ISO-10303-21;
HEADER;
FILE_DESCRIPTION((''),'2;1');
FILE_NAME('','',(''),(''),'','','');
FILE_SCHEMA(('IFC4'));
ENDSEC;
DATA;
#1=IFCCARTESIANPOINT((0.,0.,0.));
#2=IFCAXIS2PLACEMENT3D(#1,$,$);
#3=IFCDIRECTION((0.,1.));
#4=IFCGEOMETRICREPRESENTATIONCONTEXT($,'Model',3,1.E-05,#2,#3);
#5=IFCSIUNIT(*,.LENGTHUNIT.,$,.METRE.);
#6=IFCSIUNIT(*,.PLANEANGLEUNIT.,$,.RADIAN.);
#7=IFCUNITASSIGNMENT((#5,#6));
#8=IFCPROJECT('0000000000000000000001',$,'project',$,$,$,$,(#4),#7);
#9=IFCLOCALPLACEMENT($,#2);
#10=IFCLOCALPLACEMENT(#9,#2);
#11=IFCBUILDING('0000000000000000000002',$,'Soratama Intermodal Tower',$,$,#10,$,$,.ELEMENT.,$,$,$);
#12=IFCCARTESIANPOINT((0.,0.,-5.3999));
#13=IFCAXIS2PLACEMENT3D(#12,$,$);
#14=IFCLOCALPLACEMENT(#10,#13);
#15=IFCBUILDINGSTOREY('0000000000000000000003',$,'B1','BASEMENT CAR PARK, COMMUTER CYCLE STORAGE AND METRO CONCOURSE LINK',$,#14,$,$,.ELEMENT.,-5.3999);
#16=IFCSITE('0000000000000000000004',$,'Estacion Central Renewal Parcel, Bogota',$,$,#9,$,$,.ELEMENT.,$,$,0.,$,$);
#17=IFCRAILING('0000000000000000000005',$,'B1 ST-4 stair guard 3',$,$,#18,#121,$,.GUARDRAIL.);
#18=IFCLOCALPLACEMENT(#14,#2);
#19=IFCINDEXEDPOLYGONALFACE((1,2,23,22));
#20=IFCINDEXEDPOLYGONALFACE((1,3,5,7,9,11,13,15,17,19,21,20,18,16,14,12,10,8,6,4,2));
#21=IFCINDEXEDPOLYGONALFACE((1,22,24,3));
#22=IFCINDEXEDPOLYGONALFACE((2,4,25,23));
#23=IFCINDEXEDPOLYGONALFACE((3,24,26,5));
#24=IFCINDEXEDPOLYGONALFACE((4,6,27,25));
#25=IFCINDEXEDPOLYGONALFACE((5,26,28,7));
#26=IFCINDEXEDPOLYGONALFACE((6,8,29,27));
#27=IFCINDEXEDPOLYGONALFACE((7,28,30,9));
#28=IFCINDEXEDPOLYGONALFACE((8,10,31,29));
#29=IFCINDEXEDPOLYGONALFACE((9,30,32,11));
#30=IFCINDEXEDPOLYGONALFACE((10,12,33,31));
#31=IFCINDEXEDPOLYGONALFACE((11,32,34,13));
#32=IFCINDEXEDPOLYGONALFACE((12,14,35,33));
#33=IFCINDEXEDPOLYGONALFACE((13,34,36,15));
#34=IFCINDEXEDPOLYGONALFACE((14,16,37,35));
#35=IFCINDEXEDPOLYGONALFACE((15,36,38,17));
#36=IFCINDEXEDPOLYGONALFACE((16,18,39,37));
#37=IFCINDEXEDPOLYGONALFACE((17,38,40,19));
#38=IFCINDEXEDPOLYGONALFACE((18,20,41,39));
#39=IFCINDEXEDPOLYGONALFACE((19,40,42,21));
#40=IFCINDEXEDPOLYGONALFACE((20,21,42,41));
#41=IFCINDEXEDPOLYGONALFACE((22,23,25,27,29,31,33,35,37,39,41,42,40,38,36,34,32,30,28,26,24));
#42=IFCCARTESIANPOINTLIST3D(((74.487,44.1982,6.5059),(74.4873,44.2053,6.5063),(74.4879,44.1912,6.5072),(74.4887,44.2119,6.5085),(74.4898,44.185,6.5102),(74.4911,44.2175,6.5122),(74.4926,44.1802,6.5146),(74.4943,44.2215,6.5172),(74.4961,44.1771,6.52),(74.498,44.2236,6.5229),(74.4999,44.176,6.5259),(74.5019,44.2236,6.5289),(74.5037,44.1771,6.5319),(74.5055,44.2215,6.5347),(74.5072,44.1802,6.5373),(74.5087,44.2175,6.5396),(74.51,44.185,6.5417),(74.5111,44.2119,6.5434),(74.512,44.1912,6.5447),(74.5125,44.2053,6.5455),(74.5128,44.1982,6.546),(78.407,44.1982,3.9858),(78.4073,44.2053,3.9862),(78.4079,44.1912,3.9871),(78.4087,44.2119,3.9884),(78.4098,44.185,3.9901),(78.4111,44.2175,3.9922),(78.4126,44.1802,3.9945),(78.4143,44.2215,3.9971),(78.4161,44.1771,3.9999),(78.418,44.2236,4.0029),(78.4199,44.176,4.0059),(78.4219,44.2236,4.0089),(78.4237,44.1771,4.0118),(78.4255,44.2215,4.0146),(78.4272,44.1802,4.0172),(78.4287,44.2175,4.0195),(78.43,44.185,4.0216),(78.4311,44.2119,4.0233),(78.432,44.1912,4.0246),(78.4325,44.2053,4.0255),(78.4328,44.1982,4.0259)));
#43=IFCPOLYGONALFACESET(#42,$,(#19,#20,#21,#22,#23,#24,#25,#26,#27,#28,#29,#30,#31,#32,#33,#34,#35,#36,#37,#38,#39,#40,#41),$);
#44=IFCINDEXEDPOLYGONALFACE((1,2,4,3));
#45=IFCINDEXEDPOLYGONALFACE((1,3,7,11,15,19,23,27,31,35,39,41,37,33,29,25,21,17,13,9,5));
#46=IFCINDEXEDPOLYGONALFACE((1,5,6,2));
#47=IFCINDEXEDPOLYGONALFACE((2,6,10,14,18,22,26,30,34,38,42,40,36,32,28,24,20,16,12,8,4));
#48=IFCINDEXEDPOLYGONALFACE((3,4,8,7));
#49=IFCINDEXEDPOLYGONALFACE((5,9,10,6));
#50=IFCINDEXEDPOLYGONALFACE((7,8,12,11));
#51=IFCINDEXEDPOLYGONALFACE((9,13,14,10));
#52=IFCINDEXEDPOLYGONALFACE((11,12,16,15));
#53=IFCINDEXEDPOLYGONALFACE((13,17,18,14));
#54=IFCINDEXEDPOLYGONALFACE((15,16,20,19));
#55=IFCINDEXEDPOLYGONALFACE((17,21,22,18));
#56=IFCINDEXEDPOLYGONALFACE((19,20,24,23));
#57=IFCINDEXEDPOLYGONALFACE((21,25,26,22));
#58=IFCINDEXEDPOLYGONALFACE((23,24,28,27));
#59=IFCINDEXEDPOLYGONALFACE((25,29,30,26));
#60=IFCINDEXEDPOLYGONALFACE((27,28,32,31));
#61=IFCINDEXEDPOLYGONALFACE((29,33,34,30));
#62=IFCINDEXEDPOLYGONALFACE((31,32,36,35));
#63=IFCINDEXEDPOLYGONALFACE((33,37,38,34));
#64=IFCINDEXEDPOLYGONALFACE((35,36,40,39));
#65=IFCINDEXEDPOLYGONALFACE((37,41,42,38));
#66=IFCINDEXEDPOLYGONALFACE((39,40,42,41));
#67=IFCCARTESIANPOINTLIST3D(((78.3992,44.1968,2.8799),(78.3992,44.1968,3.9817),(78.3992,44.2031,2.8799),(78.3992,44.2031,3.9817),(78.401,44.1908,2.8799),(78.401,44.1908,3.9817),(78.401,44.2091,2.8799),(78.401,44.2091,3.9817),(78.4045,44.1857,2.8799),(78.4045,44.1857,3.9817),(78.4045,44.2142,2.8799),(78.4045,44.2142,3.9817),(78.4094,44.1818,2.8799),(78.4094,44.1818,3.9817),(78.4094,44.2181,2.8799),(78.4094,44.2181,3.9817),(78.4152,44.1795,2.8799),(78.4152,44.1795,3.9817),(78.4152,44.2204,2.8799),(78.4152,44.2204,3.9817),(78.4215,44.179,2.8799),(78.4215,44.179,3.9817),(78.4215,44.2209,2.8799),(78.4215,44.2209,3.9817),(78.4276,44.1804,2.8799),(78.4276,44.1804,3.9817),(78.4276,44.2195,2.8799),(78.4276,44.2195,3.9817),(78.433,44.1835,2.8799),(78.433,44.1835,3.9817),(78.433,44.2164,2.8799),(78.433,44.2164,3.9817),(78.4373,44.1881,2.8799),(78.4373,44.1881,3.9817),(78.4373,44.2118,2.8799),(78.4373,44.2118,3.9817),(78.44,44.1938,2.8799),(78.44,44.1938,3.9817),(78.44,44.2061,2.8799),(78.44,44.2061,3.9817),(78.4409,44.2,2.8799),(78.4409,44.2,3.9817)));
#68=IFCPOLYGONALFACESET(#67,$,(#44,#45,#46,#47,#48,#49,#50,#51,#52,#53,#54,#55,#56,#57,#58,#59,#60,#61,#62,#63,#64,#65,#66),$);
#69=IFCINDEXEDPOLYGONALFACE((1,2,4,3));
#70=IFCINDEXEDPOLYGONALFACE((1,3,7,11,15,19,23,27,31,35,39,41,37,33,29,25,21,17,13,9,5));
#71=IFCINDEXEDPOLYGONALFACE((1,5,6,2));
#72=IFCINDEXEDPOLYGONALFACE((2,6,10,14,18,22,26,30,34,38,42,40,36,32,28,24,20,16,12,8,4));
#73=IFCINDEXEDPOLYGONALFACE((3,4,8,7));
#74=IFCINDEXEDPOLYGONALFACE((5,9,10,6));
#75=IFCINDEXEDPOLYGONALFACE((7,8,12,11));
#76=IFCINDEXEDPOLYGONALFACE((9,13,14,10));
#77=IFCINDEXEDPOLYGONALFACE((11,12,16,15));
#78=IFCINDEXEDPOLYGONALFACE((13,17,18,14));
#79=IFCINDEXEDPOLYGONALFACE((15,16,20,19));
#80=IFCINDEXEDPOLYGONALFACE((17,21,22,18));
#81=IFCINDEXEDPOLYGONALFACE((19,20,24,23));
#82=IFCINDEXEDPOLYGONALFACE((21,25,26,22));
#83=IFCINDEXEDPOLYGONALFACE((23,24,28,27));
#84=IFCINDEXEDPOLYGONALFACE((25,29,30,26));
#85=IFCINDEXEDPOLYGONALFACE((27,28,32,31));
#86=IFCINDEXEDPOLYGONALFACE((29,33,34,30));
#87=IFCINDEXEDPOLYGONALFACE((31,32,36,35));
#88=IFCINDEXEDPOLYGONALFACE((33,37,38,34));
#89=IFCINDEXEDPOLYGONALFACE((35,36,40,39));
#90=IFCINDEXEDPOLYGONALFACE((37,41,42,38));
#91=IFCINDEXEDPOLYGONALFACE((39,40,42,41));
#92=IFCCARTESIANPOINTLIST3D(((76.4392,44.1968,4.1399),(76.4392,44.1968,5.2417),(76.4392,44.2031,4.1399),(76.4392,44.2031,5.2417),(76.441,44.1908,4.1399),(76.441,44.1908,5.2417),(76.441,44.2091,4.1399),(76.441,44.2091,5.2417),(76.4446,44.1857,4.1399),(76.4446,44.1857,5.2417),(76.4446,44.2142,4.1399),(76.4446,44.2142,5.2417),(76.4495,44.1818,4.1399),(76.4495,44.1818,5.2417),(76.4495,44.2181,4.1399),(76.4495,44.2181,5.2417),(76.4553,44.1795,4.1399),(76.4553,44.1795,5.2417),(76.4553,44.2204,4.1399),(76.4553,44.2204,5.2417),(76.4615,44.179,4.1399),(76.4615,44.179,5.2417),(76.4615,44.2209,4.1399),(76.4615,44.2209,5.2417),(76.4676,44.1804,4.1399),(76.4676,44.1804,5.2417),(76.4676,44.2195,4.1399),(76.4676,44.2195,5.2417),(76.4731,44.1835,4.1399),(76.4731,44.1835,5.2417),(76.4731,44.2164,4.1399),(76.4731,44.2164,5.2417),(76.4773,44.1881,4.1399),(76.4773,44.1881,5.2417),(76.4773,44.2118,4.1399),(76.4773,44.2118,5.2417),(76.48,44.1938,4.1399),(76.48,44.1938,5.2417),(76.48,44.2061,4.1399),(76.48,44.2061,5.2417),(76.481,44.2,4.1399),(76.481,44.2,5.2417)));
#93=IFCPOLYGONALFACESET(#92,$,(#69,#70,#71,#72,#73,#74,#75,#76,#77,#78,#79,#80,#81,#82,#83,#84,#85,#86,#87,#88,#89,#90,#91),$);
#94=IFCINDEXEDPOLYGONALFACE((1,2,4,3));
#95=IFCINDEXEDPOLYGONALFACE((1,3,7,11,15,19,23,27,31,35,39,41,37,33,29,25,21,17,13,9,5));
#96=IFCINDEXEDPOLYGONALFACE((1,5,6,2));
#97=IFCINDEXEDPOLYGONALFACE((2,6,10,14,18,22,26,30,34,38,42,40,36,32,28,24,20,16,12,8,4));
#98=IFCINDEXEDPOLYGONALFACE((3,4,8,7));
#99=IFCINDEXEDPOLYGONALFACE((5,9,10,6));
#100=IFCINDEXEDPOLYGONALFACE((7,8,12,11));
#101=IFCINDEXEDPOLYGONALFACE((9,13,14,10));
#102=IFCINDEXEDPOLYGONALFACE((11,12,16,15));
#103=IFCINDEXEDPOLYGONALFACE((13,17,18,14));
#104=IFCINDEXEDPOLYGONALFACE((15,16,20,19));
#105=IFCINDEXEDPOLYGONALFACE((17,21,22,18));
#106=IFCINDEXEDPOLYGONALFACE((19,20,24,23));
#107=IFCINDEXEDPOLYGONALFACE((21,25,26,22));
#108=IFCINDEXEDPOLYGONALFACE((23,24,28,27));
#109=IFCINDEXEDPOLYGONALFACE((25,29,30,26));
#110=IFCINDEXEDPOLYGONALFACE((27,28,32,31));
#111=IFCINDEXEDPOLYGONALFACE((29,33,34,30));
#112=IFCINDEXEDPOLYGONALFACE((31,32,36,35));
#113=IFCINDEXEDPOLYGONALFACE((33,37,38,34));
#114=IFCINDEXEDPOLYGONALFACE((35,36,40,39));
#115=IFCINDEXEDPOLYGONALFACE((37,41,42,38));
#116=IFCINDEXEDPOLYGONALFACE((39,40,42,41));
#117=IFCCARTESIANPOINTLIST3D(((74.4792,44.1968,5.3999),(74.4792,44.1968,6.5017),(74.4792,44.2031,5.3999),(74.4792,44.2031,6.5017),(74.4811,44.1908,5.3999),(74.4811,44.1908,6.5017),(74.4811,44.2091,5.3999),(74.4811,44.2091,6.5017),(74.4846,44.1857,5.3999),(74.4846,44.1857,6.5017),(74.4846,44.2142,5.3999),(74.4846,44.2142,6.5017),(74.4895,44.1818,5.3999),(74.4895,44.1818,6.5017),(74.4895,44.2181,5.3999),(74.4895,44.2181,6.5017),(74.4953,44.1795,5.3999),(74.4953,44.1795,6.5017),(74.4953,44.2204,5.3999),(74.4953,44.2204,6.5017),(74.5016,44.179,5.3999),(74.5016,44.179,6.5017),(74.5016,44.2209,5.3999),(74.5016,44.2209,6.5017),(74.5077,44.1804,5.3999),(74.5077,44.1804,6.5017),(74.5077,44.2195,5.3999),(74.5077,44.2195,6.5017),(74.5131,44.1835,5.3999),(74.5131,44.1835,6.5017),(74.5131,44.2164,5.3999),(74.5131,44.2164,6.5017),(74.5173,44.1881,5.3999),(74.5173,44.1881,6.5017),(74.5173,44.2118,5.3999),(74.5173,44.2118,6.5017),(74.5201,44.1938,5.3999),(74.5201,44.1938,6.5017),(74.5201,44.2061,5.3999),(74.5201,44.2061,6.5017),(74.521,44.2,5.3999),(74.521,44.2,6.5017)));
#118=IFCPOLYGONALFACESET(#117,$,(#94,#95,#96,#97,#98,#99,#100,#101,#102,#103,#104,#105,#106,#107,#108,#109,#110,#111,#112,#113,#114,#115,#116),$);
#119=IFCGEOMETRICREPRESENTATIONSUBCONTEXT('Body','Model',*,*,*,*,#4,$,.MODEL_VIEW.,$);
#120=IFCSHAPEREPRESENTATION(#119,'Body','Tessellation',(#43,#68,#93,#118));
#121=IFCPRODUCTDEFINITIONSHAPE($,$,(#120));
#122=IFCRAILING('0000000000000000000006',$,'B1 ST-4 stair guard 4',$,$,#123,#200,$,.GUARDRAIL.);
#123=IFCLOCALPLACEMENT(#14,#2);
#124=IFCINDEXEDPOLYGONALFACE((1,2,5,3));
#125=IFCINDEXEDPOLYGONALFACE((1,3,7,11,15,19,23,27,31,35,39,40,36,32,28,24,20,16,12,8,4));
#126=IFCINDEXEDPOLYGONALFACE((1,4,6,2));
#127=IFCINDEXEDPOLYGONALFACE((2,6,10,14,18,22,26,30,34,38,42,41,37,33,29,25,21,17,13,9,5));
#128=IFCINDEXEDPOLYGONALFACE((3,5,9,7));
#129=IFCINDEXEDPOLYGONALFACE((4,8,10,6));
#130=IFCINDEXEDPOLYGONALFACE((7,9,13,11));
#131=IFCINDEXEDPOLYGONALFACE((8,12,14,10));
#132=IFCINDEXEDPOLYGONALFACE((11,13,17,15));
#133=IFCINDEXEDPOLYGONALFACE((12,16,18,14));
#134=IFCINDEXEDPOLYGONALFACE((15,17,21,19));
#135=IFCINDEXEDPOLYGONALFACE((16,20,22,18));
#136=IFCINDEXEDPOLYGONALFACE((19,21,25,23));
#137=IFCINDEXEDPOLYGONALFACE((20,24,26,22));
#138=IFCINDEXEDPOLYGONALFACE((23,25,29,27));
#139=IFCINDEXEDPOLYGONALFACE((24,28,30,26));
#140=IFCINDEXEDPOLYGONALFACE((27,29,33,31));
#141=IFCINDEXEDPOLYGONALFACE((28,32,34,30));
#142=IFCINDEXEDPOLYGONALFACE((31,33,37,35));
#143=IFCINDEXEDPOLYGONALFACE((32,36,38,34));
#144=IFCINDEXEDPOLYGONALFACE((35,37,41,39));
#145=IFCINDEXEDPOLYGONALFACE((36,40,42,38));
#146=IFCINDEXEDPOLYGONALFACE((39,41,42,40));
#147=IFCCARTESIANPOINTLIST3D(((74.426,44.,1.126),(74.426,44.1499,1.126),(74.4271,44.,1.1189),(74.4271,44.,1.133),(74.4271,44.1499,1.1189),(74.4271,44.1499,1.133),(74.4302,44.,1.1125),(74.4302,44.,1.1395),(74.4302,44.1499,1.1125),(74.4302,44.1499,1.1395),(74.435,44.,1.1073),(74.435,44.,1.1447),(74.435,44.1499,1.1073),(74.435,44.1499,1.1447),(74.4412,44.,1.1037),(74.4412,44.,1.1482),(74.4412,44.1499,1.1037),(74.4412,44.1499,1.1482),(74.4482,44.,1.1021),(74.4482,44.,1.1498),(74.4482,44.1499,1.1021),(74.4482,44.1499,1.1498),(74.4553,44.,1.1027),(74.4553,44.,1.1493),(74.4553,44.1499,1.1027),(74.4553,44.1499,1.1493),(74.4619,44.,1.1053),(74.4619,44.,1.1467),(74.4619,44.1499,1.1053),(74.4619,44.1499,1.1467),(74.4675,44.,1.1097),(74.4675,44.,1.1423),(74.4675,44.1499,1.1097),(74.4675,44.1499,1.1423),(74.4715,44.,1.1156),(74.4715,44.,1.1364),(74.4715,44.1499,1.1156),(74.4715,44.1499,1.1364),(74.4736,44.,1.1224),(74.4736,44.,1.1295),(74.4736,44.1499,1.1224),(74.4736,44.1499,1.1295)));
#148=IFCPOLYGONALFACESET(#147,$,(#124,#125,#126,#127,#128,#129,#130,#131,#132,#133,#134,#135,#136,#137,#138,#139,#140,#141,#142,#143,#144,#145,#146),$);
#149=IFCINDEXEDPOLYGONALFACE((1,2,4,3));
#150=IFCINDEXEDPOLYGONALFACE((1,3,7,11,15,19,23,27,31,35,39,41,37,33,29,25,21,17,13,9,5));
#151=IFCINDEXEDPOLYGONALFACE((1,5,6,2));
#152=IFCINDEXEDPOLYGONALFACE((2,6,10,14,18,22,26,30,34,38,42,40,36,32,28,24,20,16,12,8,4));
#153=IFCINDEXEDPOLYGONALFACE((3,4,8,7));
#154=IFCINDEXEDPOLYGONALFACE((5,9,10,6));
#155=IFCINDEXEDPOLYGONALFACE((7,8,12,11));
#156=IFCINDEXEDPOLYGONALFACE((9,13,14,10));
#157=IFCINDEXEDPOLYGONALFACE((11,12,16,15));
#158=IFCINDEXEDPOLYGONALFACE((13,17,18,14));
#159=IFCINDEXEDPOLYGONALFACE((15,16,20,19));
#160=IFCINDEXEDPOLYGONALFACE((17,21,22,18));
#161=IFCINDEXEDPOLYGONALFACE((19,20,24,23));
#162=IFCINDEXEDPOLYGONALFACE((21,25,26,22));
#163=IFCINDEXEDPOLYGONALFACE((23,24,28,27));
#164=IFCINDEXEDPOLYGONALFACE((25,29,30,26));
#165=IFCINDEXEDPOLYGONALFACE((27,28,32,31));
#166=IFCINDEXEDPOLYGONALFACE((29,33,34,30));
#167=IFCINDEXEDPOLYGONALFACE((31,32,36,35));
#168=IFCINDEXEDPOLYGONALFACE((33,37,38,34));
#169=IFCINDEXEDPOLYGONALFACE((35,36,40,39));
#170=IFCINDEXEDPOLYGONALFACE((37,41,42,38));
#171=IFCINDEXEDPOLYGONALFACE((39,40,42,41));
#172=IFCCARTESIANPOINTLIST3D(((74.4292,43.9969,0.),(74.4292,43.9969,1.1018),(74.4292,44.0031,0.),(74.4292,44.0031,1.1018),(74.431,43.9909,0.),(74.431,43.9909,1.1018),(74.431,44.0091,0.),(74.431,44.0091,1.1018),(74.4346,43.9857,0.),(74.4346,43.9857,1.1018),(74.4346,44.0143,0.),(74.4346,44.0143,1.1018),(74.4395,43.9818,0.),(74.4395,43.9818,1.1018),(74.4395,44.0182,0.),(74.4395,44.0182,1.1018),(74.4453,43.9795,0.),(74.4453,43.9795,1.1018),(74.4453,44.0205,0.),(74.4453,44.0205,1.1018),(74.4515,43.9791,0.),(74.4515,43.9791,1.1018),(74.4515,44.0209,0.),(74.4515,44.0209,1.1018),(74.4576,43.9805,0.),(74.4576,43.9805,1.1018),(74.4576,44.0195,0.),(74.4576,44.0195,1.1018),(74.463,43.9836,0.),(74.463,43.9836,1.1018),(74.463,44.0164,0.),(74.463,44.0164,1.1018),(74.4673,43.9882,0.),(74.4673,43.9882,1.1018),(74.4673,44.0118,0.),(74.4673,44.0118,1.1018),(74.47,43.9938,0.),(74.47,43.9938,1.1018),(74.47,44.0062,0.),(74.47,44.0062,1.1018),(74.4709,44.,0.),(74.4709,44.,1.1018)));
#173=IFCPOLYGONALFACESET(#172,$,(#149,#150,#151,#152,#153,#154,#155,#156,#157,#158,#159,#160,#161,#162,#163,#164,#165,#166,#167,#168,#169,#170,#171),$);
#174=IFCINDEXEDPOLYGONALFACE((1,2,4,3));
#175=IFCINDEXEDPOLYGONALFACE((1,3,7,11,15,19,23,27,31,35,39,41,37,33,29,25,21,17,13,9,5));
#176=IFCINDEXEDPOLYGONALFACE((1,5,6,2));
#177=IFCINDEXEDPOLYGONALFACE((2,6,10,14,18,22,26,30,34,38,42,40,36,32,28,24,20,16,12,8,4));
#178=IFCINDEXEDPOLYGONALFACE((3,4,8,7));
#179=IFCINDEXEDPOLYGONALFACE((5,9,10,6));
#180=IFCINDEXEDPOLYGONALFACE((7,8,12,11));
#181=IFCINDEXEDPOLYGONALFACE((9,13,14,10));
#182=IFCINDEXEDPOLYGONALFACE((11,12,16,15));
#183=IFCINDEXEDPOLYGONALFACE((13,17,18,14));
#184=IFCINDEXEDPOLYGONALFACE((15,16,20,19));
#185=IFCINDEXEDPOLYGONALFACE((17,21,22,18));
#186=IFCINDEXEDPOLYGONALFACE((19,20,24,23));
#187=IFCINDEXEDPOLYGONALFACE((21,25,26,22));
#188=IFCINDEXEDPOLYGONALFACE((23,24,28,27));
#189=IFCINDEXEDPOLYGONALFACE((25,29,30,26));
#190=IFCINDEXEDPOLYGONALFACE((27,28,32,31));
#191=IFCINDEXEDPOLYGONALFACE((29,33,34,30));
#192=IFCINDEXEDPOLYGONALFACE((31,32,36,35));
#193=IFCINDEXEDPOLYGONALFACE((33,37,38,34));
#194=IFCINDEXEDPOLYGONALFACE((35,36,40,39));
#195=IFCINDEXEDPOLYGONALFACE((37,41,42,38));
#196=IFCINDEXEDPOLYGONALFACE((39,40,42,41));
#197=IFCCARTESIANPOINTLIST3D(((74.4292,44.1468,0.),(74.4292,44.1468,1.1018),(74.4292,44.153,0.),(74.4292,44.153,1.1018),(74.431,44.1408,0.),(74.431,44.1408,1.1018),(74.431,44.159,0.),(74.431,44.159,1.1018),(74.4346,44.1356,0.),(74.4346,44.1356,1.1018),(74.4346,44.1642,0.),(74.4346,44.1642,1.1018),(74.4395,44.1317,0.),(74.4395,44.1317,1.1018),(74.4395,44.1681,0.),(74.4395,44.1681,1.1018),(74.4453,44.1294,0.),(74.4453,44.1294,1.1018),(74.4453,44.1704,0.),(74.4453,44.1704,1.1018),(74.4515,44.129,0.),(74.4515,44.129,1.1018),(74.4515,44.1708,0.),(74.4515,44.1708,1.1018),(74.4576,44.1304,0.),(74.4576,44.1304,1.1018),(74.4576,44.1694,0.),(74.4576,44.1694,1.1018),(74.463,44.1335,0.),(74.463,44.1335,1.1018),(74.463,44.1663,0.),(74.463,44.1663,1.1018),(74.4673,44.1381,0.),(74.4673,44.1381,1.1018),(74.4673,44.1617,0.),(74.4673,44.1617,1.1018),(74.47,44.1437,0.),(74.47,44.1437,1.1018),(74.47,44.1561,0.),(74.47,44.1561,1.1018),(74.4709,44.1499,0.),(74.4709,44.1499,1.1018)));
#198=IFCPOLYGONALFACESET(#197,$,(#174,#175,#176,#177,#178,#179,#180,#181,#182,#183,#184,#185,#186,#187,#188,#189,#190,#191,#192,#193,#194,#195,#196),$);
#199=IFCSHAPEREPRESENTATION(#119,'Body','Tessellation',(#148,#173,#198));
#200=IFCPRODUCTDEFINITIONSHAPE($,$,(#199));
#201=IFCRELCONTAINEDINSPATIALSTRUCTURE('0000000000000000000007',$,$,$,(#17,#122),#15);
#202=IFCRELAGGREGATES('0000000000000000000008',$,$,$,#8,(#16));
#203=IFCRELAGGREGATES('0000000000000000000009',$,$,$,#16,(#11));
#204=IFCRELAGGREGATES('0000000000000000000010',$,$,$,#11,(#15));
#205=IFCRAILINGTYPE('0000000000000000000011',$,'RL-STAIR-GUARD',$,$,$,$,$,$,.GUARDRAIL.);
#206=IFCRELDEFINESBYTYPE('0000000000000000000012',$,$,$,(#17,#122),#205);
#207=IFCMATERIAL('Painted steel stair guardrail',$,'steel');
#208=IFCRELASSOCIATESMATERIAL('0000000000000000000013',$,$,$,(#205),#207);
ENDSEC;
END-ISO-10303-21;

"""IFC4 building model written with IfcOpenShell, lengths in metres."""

from ifc_helpers import new_model, si_unit, direction, frame, origin, origin_2d, place, context, subcontext, project, spatial, circle, extrude, material, type_object, element, save


model = new_model("IFC4")

# Units and contexts
model_context = context("Model", 3, precision=1e-05, world=origin(), true_north=direction((0.0, 1.0)))
body_context = subcontext(model_context, "Body", "Model", "MODEL_VIEW")
ifc_project = project(units=[si_unit("LENGTHUNIT", "METRE"), si_unit("PLANEANGLEUNIT", "RADIAN")], contexts=[model_context])

# Site, building, storey
site_placement = place(None, origin())
site = spatial("IfcSite", under=ifc_project, at=site_placement, Name="Estacion Central Renewal Parcel, Bogota", CompositionType="ELEMENT", RefElevation=0.0)
building_placement = place(site_placement, origin())
building = spatial("IfcBuilding", under=site, at=building_placement, Name="Soratama Intermodal Tower", CompositionType="ELEMENT")
storey_placement = place(building_placement, frame((0.0, 0.0, -5.3999)))
storey = spatial("IfcBuildingStorey", under=building, at=storey_placement, Name="B1", Description="BASEMENT CAR PARK, COMMUTER CYCLE STORAGE AND METRO CONCOURSE LINK", CompositionType="ELEMENT", Elevation=-5.3999)

# Railings
ifc_material_1 = material(Name="Painted steel stair guardrail", Category="steel")
railing_type_1 = type_object("IfcRailingType", Name="RL-STAIR-GUARD", PredefinedType="GUARDRAIL", material=ifc_material_1)
railing_1_placement = place(storey_placement, frame((78.4199, 44.2, 2.8799)))
element("IfcRailing", 1, at=railing_1_placement, inside=storey, type_object=railing_type_1, Name="B1 ST-4 stair guard 3", PredefinedType="GUARDRAIL", context=body_context, shape_type="SweptSolid", body=[
    extrude(circle(Radius=0.0239, at=origin_2d()), frame((0.0, 0.0, 1.126), z_axis=(-0.841172, 0.0, 0.540768), x_axis=(0.0, -1.0, 0.0)), (0.0, 0.0, 1.0), 4.6602),
    extrude(circle(Radius=0.021, at=origin_2d()), origin(), (0.0, 0.0, 1.0), 1.1018),
    extrude(circle(Radius=0.021, at=origin_2d()), frame((-1.96, 0.0, 1.26)), (0.0, 0.0, 1.0), 1.1018),
    extrude(circle(Radius=0.021, at=origin_2d()), frame((-3.9199, 0.0, 2.52)), (0.0, 0.0, 1.0), 1.1018),
])
railing_2_placement = place(storey_placement, frame((74.45, 44.0, 0.0)))
element("IfcRailing", 2, at=railing_2_placement, inside=storey, type_object=railing_type_1, Name="B1 ST-4 stair guard 4", PredefinedType="GUARDRAIL", context=body_context, shape_type="SweptSolid", body=[
    extrude(circle(Radius=0.0239, at=origin_2d()), frame((0.0, 0.0, 1.126), z_axis=(0.0, 1.0, 0.0), x_axis=(-1.0, 0.0, 0.0)), (0.0, 0.0, 1.0), 0.1499),
    extrude(circle(Radius=0.021, at=origin_2d()), origin(), (0.0, 0.0, 1.0), 1.1018),
    extrude(circle(Radius=0.021, at=origin_2d()), frame((0.0, 0.1499, 0.0)), (0.0, 0.0, 1.0), 1.1018),
])

save(model, "model.ifc")
